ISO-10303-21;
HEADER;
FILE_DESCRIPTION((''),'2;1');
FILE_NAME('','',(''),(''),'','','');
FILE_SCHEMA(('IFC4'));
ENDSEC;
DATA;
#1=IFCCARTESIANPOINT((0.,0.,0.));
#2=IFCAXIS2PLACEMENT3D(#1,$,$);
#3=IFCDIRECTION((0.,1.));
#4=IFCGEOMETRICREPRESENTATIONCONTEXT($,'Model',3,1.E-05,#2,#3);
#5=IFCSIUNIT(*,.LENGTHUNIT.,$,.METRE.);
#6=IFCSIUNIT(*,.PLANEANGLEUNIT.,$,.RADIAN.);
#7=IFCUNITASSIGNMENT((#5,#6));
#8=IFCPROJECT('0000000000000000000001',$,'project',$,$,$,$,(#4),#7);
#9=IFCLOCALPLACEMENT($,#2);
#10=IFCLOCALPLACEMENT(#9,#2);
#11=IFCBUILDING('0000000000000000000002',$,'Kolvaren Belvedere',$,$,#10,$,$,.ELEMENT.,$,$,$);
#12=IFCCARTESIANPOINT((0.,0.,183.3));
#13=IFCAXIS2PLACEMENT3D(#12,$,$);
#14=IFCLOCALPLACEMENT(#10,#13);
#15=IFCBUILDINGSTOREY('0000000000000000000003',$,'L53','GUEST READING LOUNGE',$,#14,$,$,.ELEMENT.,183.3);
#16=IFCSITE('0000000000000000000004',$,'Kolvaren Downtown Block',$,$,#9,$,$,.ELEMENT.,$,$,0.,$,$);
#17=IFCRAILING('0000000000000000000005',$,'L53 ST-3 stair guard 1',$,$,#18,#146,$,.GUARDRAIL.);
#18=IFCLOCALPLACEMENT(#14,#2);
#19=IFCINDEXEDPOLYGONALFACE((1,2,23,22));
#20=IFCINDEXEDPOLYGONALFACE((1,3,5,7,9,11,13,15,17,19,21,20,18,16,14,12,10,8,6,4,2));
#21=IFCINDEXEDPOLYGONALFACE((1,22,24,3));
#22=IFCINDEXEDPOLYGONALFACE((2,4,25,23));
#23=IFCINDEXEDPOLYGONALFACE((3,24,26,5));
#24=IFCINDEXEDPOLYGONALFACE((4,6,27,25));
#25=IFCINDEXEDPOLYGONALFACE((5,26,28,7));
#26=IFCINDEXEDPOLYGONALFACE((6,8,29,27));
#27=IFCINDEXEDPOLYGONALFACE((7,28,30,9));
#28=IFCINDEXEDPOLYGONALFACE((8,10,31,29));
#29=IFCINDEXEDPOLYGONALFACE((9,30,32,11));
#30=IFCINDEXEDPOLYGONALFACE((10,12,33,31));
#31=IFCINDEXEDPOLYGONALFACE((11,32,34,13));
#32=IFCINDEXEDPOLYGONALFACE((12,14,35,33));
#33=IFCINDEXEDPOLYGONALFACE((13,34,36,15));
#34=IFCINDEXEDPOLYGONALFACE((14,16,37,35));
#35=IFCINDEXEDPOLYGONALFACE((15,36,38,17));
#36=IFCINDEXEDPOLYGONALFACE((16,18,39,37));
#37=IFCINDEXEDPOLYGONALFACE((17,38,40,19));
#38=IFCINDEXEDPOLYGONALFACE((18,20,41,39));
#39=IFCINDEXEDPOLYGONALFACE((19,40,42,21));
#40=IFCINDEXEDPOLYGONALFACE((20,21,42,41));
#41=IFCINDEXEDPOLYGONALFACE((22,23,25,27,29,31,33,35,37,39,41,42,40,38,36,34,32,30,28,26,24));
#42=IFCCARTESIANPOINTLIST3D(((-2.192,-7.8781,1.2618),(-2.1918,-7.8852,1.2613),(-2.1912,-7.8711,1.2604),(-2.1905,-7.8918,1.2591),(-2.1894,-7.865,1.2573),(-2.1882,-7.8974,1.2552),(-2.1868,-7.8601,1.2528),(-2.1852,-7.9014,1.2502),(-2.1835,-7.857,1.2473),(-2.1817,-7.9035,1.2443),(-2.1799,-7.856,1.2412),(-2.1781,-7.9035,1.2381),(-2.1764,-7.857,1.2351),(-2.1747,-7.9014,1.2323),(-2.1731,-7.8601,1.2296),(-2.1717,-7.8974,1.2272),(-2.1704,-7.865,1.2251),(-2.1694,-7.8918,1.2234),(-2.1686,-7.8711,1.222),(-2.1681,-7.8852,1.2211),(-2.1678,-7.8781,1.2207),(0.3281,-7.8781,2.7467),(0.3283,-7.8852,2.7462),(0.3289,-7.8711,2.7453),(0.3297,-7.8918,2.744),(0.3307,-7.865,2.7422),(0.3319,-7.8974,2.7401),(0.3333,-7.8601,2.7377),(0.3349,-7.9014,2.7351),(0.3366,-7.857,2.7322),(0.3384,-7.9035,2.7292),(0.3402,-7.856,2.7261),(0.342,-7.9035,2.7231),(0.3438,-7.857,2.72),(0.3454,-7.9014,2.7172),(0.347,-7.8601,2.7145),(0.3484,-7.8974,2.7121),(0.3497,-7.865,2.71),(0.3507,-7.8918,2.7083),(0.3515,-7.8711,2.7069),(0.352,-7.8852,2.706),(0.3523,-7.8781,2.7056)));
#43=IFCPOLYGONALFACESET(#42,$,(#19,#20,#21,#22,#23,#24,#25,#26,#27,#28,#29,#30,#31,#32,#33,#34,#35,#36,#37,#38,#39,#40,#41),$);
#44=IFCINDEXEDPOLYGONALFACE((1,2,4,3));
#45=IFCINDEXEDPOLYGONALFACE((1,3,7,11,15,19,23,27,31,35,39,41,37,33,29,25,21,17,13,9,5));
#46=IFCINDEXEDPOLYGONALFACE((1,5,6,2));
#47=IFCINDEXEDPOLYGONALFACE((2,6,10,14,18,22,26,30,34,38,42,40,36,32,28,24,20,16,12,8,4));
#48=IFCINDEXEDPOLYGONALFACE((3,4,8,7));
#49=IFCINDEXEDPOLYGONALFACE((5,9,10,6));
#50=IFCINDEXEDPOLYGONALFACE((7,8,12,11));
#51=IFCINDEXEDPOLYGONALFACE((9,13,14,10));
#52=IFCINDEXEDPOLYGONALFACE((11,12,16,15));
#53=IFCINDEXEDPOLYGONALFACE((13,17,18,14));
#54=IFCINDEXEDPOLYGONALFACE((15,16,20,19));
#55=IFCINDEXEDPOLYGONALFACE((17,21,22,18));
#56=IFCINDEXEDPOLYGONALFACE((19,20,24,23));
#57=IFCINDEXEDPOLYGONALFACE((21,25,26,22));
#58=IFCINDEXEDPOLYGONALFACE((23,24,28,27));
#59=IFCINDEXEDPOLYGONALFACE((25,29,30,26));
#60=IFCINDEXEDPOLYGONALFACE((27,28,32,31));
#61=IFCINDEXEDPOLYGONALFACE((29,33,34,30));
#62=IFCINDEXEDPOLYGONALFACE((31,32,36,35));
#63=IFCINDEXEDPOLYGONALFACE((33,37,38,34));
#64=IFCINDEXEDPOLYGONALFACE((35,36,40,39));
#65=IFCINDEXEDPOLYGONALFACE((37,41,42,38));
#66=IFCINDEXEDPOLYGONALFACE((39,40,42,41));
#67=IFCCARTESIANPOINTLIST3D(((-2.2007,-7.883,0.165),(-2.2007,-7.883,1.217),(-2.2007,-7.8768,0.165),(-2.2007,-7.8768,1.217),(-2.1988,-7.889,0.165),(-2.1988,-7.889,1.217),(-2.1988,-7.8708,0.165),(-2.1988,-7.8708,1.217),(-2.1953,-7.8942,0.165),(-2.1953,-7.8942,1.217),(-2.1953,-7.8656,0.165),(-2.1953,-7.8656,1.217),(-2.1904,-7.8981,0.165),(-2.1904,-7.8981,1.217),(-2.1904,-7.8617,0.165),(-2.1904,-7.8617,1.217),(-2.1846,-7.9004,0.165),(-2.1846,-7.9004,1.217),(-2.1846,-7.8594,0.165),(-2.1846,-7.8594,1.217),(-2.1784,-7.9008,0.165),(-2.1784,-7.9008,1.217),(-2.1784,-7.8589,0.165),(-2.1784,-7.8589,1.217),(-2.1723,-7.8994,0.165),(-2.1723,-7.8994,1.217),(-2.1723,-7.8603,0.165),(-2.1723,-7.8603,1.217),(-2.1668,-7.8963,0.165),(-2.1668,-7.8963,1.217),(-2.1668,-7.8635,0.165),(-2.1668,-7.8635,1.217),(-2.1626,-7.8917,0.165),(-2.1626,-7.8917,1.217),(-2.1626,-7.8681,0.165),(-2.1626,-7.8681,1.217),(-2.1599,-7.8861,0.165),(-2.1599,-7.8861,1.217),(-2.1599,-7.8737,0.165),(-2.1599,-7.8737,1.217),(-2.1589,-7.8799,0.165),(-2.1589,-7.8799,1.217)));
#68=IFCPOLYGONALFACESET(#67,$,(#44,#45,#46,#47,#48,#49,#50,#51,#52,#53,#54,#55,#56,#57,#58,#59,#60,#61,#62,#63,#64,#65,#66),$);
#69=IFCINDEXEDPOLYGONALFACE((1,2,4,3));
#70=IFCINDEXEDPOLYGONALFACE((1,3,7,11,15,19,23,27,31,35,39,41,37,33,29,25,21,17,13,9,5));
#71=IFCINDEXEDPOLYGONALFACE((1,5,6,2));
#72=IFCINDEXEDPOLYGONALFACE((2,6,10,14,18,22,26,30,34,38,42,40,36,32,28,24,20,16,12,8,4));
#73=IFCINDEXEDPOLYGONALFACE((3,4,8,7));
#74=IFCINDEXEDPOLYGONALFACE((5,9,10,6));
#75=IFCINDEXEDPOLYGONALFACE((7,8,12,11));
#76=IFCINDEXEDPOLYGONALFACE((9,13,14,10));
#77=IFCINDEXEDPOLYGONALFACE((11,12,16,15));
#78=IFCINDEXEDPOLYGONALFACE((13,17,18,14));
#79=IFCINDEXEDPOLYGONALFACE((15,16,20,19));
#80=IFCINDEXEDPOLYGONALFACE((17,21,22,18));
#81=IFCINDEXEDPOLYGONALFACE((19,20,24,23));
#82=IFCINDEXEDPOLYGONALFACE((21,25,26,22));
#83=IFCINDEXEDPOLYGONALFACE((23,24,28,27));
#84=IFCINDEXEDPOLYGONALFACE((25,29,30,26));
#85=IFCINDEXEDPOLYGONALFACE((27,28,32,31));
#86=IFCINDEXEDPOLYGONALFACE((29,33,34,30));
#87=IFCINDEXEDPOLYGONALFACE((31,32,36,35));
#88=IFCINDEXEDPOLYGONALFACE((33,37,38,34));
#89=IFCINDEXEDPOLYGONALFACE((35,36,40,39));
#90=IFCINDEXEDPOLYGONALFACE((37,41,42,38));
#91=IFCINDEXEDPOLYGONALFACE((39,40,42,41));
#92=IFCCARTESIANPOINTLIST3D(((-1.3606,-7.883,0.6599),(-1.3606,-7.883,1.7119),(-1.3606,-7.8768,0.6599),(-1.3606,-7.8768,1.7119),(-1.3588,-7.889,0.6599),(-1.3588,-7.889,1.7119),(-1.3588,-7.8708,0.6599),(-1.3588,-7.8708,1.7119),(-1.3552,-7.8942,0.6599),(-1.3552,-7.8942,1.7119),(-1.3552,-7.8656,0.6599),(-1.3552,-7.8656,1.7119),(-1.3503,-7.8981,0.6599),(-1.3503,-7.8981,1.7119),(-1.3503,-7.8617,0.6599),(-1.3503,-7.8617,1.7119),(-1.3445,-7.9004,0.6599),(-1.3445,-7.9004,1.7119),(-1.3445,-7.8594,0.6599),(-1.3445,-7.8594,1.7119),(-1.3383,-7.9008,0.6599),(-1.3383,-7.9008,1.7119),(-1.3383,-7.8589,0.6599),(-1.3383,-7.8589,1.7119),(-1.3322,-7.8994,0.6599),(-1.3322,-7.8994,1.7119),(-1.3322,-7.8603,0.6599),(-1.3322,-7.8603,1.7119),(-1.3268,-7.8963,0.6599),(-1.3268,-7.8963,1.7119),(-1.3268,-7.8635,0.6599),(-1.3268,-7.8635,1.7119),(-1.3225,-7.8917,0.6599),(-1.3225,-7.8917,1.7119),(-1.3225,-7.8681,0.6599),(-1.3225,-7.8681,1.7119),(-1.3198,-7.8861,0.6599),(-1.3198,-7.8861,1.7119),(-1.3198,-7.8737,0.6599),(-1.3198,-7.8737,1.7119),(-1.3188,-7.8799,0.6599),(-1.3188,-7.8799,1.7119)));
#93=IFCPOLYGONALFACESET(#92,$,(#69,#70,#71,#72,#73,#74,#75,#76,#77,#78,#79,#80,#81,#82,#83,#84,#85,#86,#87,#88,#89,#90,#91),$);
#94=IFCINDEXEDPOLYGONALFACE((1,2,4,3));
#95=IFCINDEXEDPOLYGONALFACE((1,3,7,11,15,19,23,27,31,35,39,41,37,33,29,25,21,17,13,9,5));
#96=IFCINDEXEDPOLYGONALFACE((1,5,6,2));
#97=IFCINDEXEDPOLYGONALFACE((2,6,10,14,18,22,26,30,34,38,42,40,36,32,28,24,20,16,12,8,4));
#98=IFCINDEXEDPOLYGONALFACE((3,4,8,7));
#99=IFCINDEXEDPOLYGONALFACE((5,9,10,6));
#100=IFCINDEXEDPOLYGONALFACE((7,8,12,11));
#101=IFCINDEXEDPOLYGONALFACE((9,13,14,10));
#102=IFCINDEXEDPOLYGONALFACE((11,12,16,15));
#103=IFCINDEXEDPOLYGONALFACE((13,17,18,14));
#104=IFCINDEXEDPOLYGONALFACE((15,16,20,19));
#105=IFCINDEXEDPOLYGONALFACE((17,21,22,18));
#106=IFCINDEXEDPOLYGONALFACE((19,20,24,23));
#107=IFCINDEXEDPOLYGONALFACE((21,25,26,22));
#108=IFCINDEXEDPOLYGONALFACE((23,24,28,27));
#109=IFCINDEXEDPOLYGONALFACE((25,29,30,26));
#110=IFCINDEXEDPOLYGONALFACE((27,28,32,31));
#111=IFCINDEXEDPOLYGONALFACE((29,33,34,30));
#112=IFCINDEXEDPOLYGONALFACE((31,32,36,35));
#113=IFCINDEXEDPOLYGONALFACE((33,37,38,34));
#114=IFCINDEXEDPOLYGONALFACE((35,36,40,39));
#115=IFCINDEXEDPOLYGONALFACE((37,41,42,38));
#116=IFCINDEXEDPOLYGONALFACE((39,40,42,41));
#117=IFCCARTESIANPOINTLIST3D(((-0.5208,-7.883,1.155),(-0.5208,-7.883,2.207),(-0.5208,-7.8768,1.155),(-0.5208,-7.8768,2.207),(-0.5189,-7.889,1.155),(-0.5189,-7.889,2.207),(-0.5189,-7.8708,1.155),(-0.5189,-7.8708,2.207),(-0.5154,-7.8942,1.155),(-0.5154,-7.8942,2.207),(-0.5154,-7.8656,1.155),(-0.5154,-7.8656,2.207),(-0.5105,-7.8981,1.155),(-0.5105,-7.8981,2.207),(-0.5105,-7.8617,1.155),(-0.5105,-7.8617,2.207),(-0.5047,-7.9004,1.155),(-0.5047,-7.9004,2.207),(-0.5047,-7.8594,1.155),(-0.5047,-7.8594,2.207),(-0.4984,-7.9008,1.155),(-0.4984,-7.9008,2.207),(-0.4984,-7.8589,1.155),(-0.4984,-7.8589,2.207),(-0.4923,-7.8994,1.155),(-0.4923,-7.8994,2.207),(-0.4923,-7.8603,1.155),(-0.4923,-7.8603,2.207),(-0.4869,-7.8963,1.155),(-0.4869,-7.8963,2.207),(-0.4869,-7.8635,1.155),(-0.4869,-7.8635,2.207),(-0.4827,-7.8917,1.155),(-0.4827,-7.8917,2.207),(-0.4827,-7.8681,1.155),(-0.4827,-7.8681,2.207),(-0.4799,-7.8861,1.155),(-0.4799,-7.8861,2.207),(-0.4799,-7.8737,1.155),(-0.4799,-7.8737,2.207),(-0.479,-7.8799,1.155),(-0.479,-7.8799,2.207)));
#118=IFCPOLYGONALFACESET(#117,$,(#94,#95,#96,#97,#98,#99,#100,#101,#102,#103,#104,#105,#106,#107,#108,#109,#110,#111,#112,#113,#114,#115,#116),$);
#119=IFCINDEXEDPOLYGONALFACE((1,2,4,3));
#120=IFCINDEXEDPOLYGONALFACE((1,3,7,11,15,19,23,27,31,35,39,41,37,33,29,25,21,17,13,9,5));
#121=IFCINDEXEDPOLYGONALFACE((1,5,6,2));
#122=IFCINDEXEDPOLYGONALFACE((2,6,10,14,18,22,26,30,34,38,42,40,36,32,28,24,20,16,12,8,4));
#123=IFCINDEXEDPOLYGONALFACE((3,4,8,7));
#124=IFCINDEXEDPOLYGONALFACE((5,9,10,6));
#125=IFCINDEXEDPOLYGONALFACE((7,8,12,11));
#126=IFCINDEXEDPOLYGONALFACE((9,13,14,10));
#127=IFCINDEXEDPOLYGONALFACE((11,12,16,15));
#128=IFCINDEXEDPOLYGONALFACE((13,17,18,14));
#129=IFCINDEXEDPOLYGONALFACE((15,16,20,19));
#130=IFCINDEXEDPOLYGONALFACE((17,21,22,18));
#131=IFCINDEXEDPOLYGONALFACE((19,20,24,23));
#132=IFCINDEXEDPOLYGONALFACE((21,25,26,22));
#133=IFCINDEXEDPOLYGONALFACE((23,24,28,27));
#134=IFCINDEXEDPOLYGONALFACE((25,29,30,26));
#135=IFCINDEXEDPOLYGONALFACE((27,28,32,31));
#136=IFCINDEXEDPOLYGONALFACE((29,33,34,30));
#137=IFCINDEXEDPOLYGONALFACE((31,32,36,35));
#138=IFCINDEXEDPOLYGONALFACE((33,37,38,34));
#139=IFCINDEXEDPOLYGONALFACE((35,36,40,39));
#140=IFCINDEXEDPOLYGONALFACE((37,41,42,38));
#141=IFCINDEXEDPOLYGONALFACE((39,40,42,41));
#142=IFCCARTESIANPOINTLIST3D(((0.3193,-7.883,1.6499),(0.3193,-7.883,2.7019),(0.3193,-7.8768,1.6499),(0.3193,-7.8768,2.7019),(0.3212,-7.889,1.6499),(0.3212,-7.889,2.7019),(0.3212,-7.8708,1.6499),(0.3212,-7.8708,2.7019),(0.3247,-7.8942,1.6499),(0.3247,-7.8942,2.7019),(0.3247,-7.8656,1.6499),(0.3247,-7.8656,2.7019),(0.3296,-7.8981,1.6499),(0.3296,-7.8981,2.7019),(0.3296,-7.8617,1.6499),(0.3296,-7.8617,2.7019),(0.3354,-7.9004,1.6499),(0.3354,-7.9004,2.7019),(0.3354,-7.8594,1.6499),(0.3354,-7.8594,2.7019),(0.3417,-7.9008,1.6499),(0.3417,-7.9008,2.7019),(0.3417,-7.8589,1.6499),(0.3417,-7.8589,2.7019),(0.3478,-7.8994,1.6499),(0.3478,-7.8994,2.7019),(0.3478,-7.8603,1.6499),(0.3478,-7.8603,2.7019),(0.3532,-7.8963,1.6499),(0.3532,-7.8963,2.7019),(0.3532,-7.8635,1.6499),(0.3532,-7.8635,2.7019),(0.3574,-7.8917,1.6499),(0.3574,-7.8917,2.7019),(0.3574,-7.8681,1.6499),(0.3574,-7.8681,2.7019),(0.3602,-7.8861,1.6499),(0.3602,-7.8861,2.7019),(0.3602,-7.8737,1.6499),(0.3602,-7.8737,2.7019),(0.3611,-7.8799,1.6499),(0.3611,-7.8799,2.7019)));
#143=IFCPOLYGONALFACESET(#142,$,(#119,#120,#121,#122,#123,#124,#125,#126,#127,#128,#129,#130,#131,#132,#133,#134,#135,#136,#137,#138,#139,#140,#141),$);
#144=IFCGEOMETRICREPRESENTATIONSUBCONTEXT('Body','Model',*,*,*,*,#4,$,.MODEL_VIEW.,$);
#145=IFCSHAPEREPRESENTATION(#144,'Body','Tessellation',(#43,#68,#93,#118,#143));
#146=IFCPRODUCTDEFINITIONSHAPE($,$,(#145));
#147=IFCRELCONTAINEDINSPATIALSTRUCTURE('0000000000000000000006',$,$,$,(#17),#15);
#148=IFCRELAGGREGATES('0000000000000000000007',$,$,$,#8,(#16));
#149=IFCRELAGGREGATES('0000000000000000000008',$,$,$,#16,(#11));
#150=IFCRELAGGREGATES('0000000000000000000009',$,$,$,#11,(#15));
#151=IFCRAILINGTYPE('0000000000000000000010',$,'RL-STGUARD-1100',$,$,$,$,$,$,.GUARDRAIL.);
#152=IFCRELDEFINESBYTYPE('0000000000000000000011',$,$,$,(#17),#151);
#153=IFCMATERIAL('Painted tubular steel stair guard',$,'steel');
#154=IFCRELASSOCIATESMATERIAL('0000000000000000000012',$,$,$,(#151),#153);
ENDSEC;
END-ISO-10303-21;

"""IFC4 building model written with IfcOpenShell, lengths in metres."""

from ifc_helpers import new_model, si_unit, direction, frame, origin, origin_2d, place, context, subcontext, project, spatial, circle, extrude, material, type_object, element, save


model = new_model("IFC4")

# Units and contexts
model_context = context("Model", 3, precision=1e-05, world=origin(), true_north=direction((0.0, 1.0)))
body_context = subcontext(model_context, "Body", "Model", "MODEL_VIEW")
ifc_project = project(units=[si_unit("LENGTHUNIT", "METRE"), si_unit("PLANEANGLEUNIT", "RADIAN")], contexts=[model_context])

# Site, building, storey
site_placement = place(None, origin())
site = spatial("IfcSite", under=ifc_project, at=site_placement, Name="Kolvaren Downtown Block", CompositionType="ELEMENT", RefElevation=0.0)
building_placement = place(site_placement, origin())
building = spatial("IfcBuilding", under=site, at=building_placement, Name="Kolvaren Belvedere", CompositionType="ELEMENT")
storey_placement = place(building_placement, frame((0.0, 0.0, 183.3)))
storey = spatial("IfcBuildingStorey", under=building, at=storey_placement, Name="L53", Description="GUEST READING LOUNGE", CompositionType="ELEMENT", Elevation=183.3)

# Railing
ifc_material_1 = material(Name="Painted tubular steel stair guard", Category="steel")
railing_type_1 = type_object("IfcRailingType", Name="RL-STGUARD-1100", PredefinedType="GUARDRAIL", material=ifc_material_1)
railing_1_placement = place(storey_placement, frame((-2.1799, -7.8799, 0.165)))
element("IfcRailing", 1, at=railing_1_placement, inside=storey, type_object=railing_type_1, Name="L53 ST-3 stair guard 1", PredefinedType="GUARDRAIL", context=body_context, shape_type="SweptSolid", body=[
    extrude(circle(Radius=0.0239, at=origin_2d()), frame((0.0, 0.0, 1.0762), z_axis=(0.861561, 0.0, 0.507655), x_axis=(0.0, 1.0, 0.0)), (0.0, 0.0, 1.0), 2.925),
    extrude(circle(Radius=0.021, at=origin_2d()), origin(), (0.0, 0.0, 1.0), 1.052),
    extrude(circle(Radius=0.021, at=origin_2d()), frame((0.8401, 0.0, 0.4949)), (0.0, 0.0, 1.0), 1.052),
    extrude(circle(Radius=0.021, at=origin_2d()), frame((1.6799, 0.0, 0.99)), (0.0, 0.0, 1.0), 1.052),
    extrude(circle(Radius=0.021, at=origin_2d()), frame((2.52, 0.0, 1.4849)), (0.0, 0.0, 1.0), 1.052),
])

save(model, "model.ifc")
